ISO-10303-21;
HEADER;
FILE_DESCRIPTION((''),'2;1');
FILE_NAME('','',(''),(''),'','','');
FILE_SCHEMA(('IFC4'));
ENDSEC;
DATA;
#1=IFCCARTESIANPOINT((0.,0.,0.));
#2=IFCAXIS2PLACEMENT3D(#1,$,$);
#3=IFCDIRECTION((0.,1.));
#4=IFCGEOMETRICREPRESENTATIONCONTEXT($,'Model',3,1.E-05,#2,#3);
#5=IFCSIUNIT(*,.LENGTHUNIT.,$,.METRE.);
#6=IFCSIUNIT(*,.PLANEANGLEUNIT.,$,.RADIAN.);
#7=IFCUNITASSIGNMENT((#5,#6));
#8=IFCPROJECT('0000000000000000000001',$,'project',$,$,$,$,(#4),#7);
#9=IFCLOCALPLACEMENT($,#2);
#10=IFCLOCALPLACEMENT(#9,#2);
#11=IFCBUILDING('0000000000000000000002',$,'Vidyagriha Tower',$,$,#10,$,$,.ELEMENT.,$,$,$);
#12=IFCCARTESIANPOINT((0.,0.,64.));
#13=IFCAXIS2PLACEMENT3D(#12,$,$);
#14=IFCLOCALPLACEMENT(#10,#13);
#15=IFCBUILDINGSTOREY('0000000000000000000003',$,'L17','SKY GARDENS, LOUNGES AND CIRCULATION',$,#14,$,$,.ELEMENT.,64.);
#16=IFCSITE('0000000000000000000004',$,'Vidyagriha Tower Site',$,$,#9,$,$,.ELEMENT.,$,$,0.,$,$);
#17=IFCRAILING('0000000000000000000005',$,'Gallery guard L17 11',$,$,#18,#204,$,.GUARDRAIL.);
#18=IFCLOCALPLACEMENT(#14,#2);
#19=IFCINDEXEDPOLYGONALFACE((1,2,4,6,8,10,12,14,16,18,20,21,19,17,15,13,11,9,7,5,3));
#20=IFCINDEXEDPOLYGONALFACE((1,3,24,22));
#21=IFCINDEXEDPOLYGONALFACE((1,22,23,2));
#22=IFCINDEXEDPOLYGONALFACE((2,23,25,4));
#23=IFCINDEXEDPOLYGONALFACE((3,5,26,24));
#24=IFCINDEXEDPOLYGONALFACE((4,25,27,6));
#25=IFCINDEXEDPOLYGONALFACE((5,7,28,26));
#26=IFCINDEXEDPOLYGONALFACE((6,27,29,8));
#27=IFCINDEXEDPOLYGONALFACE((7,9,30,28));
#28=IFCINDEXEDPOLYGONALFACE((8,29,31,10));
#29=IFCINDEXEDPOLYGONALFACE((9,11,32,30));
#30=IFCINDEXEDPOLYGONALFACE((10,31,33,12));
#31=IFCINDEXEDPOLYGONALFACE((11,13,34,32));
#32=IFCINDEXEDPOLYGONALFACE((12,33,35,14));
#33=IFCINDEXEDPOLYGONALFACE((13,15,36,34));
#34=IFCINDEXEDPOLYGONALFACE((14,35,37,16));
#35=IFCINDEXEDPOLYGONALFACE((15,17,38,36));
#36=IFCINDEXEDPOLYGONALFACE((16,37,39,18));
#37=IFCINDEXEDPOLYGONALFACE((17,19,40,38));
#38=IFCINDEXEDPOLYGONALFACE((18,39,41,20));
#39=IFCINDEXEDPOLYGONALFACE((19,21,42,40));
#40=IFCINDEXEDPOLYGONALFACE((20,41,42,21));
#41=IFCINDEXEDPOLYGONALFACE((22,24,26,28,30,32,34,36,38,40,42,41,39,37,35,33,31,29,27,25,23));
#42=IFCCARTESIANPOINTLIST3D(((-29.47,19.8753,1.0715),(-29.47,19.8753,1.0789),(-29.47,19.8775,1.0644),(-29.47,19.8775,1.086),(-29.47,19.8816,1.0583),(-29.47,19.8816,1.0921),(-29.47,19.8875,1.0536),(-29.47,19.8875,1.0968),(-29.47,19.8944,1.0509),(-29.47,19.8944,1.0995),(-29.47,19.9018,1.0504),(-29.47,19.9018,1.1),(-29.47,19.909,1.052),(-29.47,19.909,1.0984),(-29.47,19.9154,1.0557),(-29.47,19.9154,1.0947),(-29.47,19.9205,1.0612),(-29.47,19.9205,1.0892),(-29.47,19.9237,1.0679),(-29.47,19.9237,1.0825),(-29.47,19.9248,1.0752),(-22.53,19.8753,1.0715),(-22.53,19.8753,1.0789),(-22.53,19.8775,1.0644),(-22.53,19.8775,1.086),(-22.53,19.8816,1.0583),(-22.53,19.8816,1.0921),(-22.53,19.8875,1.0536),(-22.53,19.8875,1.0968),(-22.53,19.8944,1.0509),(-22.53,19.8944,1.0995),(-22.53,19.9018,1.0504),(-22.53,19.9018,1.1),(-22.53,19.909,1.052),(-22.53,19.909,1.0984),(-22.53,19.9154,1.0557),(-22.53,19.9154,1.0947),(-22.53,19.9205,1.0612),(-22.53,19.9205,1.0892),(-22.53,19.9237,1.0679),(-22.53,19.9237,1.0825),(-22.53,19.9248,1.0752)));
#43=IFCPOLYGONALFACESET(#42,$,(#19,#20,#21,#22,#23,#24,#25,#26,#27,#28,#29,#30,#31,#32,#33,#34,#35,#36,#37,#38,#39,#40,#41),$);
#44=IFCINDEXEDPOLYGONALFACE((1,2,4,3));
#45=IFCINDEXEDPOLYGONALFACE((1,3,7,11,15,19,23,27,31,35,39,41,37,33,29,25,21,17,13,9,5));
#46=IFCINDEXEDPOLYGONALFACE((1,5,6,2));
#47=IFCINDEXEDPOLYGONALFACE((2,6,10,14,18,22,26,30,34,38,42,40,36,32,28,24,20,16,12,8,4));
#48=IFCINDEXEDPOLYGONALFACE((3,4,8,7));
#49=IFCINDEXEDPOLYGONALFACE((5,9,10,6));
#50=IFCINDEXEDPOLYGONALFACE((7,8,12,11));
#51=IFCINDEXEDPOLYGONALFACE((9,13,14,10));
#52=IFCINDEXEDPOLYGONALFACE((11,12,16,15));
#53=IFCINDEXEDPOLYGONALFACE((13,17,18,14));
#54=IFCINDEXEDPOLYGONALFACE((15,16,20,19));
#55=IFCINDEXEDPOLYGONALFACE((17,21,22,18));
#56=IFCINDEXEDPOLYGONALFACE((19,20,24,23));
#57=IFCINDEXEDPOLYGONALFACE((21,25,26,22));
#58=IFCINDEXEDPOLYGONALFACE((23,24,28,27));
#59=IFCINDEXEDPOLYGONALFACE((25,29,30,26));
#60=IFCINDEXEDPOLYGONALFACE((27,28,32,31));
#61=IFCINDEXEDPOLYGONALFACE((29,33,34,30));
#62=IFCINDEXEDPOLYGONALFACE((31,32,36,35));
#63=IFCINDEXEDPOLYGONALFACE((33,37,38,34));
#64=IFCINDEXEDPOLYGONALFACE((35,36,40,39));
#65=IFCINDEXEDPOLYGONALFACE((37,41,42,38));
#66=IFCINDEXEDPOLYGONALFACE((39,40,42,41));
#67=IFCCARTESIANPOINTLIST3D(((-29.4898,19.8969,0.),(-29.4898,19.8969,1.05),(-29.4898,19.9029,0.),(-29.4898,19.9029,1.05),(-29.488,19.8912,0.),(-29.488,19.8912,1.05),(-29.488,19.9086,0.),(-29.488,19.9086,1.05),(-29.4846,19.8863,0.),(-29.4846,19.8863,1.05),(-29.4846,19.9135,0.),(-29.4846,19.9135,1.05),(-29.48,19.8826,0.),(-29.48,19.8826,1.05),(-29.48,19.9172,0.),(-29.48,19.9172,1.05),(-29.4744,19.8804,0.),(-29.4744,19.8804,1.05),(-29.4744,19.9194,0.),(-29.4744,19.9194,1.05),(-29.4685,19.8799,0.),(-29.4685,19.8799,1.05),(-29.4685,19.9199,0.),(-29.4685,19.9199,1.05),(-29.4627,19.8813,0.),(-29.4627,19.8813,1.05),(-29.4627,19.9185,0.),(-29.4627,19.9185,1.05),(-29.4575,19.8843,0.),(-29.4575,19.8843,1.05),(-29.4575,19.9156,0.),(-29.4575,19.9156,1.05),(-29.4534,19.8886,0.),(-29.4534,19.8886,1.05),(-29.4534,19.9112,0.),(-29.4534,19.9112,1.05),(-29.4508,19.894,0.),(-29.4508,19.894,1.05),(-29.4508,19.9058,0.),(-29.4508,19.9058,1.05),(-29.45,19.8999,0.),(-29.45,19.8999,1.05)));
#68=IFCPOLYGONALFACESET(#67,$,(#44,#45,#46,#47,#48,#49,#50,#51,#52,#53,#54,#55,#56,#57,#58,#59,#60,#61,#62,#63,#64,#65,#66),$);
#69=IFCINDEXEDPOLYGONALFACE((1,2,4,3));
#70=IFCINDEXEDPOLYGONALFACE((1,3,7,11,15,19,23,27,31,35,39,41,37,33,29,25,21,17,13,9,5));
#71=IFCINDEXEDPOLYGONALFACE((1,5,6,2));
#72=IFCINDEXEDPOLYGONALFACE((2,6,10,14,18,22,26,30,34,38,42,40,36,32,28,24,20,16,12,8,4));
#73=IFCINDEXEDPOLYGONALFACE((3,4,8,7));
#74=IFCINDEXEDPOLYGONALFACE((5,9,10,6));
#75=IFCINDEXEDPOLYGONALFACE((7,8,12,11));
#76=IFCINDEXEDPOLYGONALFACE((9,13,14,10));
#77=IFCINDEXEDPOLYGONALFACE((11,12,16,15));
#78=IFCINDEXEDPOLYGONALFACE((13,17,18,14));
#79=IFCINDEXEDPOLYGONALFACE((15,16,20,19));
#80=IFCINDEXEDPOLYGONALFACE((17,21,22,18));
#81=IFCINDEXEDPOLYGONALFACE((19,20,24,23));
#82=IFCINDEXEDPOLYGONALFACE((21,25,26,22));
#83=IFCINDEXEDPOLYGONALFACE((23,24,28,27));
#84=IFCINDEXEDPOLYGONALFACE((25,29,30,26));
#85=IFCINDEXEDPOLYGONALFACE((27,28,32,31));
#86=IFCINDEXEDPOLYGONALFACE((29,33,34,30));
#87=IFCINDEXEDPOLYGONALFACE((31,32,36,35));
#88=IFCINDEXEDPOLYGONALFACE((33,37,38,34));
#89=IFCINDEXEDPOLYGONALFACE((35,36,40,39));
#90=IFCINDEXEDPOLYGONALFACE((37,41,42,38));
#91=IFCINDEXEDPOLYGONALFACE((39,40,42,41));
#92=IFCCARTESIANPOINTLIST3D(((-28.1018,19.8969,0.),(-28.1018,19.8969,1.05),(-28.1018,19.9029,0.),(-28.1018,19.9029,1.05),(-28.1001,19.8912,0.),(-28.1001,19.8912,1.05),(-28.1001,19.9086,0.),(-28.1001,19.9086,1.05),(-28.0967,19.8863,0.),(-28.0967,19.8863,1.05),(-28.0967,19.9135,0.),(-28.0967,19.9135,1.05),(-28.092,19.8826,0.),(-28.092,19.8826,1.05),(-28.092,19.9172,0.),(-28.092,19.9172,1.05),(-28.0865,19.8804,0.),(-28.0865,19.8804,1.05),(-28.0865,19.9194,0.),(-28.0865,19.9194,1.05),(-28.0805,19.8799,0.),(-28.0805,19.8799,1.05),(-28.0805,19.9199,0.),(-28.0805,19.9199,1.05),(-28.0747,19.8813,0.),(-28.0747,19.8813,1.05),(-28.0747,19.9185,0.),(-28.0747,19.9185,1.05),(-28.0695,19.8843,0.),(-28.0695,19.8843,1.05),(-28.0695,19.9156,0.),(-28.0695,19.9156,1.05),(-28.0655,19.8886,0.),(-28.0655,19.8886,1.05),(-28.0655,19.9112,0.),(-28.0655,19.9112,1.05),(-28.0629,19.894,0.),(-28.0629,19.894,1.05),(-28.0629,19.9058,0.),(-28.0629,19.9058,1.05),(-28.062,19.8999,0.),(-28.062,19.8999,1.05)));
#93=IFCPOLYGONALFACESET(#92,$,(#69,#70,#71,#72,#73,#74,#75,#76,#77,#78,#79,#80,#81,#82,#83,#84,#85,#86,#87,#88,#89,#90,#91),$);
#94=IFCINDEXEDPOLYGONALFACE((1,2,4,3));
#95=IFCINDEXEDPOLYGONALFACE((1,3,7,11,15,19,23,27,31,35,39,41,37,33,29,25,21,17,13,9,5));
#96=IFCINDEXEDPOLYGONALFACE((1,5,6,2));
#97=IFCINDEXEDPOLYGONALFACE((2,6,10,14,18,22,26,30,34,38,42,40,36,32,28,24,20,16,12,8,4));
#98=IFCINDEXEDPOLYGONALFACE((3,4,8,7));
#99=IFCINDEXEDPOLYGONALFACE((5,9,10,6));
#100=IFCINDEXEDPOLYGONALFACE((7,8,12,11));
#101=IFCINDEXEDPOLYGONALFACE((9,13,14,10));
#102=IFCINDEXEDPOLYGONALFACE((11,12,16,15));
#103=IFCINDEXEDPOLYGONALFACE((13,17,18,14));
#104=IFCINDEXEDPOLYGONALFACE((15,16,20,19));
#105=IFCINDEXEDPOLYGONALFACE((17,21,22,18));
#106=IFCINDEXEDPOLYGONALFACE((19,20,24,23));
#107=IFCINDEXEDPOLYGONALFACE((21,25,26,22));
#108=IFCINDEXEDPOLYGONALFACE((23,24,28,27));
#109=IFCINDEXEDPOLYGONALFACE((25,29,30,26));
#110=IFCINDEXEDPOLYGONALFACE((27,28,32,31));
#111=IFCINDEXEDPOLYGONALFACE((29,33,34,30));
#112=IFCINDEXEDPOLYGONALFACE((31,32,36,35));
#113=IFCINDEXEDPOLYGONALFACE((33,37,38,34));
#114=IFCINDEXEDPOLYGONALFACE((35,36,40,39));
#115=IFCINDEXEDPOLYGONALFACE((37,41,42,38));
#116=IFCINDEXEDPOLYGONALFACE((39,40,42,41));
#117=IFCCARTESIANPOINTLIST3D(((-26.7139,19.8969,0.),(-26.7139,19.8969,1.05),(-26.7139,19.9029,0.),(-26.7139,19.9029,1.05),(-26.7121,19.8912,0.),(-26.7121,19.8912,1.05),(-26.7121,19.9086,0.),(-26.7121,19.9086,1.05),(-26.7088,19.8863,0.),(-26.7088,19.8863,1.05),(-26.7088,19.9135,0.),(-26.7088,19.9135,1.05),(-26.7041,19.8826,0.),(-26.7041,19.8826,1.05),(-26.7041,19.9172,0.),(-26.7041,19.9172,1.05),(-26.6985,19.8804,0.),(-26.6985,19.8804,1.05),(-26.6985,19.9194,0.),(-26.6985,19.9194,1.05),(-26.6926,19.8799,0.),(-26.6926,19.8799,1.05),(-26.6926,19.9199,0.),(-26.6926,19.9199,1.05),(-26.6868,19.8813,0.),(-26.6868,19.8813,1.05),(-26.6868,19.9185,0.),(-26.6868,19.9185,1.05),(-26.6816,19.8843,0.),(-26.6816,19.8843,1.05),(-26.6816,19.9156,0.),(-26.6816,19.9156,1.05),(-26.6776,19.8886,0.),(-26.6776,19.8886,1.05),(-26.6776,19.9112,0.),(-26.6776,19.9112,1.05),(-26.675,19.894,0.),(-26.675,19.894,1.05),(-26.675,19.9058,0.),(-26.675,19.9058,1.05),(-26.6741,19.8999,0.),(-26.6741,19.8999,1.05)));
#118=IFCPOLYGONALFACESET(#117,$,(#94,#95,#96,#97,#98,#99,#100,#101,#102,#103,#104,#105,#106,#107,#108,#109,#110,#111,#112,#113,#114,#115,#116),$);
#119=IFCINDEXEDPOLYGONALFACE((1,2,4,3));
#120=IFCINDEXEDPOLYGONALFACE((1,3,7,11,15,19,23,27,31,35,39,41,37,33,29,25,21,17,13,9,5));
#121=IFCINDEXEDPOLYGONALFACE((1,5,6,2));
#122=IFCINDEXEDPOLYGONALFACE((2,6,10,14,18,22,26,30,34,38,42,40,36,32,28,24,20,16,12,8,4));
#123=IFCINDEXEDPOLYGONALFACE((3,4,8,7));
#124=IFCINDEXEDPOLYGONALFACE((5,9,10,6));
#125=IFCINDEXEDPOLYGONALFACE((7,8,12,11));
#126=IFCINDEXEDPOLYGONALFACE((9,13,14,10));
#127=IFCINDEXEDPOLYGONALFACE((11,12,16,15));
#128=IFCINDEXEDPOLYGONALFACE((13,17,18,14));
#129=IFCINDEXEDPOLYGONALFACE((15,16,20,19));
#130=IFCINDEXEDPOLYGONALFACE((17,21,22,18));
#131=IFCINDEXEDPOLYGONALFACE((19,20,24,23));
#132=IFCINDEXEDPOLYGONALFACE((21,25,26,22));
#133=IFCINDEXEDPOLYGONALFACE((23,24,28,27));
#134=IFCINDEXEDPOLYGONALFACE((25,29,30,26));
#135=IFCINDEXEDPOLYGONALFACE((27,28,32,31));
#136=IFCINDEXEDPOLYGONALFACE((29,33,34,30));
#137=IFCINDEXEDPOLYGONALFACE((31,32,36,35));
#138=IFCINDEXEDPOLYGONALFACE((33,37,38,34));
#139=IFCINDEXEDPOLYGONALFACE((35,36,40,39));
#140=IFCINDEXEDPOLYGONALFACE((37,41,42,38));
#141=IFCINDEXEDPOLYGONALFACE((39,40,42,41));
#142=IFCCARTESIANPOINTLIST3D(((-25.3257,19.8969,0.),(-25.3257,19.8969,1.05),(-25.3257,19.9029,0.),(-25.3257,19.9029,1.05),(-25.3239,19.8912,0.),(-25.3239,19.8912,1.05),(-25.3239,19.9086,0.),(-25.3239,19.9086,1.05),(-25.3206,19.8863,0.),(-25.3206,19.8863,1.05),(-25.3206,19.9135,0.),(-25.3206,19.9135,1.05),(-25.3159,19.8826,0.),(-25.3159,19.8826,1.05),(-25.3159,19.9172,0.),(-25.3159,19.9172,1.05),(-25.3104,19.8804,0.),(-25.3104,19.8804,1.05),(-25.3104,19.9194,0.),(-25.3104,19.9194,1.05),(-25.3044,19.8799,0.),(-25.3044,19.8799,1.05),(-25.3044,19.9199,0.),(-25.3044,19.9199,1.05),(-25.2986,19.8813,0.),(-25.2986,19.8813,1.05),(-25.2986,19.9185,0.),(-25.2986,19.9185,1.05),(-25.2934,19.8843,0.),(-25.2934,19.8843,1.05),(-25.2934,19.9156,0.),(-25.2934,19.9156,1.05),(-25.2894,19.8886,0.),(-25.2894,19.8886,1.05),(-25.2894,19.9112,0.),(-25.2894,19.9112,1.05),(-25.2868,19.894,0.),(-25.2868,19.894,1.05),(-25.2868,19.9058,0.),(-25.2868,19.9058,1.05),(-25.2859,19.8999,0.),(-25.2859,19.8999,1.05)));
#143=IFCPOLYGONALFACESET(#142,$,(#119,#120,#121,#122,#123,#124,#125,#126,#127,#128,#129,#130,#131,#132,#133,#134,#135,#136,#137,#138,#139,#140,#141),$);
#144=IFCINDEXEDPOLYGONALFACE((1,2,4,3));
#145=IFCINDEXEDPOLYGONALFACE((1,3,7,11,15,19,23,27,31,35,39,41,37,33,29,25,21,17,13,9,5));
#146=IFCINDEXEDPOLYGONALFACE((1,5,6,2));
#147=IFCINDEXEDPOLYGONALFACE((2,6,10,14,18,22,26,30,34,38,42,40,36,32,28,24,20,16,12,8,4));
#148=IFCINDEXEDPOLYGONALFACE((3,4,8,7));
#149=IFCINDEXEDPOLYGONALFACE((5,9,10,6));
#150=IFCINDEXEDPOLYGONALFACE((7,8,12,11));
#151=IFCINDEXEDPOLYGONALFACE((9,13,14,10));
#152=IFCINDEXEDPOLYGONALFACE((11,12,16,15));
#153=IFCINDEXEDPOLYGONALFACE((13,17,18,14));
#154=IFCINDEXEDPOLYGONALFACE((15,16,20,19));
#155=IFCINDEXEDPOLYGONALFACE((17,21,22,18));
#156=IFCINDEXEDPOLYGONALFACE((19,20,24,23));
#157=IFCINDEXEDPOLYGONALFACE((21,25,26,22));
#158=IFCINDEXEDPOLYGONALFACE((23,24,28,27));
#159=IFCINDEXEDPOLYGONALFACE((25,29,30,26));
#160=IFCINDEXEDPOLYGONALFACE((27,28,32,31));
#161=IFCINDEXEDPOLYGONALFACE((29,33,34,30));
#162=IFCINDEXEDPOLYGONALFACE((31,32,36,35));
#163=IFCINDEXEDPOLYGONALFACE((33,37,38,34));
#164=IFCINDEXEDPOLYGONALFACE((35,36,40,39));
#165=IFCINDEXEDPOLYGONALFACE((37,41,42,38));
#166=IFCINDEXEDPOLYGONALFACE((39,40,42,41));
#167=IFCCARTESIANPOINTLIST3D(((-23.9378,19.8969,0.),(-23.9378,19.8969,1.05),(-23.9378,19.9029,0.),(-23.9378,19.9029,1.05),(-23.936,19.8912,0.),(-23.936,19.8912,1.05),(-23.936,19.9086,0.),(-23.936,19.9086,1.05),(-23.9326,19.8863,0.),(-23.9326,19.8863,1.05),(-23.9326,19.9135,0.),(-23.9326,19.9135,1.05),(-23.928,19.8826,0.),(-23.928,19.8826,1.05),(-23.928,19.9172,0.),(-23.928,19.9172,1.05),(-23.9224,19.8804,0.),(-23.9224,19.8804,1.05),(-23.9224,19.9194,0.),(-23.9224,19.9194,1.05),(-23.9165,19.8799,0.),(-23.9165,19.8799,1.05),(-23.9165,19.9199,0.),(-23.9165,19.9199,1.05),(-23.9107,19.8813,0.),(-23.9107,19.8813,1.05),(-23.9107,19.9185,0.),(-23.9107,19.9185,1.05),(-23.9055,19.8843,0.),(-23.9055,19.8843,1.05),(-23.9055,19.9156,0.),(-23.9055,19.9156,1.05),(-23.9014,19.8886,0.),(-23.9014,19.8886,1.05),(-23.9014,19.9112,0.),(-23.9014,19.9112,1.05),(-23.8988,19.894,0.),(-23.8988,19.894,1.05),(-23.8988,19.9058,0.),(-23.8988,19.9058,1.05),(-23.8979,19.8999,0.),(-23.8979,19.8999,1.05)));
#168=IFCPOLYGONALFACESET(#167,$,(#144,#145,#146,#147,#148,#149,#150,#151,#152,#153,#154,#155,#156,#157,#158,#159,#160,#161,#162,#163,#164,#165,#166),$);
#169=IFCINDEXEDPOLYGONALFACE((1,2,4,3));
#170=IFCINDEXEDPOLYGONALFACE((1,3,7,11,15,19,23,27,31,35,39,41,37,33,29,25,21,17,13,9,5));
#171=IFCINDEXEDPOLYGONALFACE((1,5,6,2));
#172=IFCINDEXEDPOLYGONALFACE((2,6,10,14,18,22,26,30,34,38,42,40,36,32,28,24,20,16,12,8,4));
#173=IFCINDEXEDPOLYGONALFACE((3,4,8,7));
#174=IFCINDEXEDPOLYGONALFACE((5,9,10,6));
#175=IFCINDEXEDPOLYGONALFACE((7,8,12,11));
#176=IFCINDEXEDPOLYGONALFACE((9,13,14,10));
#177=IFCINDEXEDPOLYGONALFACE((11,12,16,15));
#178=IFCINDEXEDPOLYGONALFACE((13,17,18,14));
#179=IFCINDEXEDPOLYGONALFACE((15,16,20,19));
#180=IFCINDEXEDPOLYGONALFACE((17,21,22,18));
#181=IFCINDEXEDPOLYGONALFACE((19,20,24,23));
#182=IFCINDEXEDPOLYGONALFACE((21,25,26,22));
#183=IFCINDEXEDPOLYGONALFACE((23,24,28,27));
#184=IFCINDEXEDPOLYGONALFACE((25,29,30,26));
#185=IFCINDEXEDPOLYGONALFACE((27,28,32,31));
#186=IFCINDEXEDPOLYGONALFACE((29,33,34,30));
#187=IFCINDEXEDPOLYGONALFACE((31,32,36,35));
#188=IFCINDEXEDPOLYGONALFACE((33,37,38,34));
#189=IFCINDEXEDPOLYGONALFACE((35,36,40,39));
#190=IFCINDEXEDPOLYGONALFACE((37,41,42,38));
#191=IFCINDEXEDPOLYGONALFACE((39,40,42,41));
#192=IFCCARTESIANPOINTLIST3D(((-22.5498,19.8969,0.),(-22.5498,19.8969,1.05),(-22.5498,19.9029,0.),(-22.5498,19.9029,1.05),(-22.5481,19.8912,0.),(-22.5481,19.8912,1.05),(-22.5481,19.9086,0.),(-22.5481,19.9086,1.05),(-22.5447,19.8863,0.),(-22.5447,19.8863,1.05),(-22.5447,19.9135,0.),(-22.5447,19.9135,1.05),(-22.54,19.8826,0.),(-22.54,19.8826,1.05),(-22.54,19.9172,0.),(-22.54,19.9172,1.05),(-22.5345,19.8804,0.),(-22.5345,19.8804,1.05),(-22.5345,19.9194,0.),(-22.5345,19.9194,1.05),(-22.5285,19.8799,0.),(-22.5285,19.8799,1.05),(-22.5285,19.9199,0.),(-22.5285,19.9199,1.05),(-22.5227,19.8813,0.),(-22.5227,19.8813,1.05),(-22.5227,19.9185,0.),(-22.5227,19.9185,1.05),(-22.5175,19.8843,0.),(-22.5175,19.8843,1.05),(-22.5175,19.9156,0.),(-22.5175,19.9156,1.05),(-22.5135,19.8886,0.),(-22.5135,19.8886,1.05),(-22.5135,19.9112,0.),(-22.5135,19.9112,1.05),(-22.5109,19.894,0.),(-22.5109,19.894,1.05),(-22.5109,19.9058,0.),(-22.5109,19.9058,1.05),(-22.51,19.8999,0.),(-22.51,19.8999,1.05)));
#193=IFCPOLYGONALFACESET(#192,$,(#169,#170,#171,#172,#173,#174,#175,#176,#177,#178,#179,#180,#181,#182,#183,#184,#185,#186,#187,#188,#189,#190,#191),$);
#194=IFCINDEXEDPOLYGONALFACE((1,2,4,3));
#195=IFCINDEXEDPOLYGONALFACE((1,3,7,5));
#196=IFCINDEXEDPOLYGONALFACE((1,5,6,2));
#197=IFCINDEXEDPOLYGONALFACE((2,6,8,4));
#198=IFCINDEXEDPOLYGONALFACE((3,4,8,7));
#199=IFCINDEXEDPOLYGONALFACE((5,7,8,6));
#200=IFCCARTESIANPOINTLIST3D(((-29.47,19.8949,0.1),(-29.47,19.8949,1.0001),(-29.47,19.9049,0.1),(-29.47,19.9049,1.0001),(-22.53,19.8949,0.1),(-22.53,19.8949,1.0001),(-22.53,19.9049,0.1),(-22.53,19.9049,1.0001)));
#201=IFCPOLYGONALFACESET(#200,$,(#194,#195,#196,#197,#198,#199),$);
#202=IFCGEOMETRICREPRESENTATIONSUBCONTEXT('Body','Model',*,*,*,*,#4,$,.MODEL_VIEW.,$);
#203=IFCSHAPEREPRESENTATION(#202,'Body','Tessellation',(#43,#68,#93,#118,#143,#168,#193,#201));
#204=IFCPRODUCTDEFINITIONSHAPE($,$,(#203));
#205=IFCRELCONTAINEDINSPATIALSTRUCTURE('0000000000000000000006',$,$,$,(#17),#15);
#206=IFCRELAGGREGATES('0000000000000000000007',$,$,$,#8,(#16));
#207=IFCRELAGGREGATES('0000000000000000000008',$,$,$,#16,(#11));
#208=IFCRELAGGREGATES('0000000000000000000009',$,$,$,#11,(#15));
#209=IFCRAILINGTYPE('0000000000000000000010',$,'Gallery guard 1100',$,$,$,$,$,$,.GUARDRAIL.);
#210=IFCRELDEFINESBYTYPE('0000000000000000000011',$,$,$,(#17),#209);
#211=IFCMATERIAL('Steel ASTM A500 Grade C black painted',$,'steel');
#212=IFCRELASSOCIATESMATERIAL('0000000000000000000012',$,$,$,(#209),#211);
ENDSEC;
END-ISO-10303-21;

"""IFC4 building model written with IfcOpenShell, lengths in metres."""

from ifc_helpers import new_model, si_unit, direction, frame, origin, origin_2d, place, context, subcontext, project, spatial, rectangle, circle, extrude, material, type_object, element, save


model = new_model("IFC4")

# Units and contexts
model_context = context("Model", 3, precision=1e-05, world=origin(), true_north=direction((0.0, 1.0)))
body_context = subcontext(model_context, "Body", "Model", "MODEL_VIEW")
ifc_project = project(units=[si_unit("LENGTHUNIT", "METRE"), si_unit("PLANEANGLEUNIT", "RADIAN")], contexts=[model_context])

# Site, building, storey
site_placement = place(None, origin())
site = spatial("IfcSite", under=ifc_project, at=site_placement, Name="Vidyagriha Tower Site", CompositionType="ELEMENT", RefElevation=0.0)
building_placement = place(site_placement, origin())
building = spatial("IfcBuilding", under=site, at=building_placement, Name="Vidyagriha Tower", CompositionType="ELEMENT")
storey_placement = place(building_placement, frame((0.0, 0.0, 64.0)))
storey = spatial("IfcBuildingStorey", under=building, at=storey_placement, Name="L17", Description="SKY GARDENS, LOUNGES AND CIRCULATION", CompositionType="ELEMENT", Elevation=64.0)

# Railing
ifc_material_1 = material(Name="Steel ASTM A500 Grade C black painted", Category="steel")
railing_type = type_object("IfcRailingType", Name="Gallery guard 1100", PredefinedType="GUARDRAIL", material=ifc_material_1)
railing_1_placement = place(storey_placement, frame((-29.47, 19.8999, 0.0)))
element("IfcRailing", 1, at=railing_1_placement, inside=storey, type_object=railing_type, Name="Gallery guard L17 11", PredefinedType="GUARDRAIL", context=body_context, shape_type="SweptSolid", body=[
    extrude(circle(Radius=0.0249, at=origin_2d()), frame((0.0, 0.0, 1.0752), z_axis=(1.0, 0.0, 0.0), x_axis=(0.0, 1.0, 0.0)), (0.0, 0.0, 1.0), 6.9399),
    extrude(circle(Radius=0.02, at=origin_2d()), origin(), (0.0, 0.0, 1.0), 1.05),
    extrude(circle(Radius=0.02, at=origin_2d()), frame((1.3879, 0.0, 0.0)), (0.0, 0.0, 1.0), 1.05),
    extrude(circle(Radius=0.02, at=origin_2d()), frame((2.7759, 0.0, 0.0)), (0.0, 0.0, 1.0), 1.05),
    extrude(circle(Radius=0.02, at=origin_2d()), frame((4.1641, 0.0, 0.0)), (0.0, 0.0, 1.0), 1.05),
    extrude(circle(Radius=0.02, at=origin_2d()), frame((5.552, 0.0, 0.0)), (0.0, 0.0, 1.0), 1.05),
    extrude(circle(Radius=0.02, at=origin_2d()), frame((6.9399, 0.0, 0.0)), (0.0, 0.0, 1.0), 1.05),
    extrude(rectangle(XDim=0.01, YDim=0.9001, at=origin_2d()), frame((0.0, 0.0, 0.55), z_axis=(1.0, 0.0, 0.0), x_axis=(0.0, 1.0, 0.0)), (0.0, 0.0, 1.0), 6.9399),
])

save(model, "model.ifc")
